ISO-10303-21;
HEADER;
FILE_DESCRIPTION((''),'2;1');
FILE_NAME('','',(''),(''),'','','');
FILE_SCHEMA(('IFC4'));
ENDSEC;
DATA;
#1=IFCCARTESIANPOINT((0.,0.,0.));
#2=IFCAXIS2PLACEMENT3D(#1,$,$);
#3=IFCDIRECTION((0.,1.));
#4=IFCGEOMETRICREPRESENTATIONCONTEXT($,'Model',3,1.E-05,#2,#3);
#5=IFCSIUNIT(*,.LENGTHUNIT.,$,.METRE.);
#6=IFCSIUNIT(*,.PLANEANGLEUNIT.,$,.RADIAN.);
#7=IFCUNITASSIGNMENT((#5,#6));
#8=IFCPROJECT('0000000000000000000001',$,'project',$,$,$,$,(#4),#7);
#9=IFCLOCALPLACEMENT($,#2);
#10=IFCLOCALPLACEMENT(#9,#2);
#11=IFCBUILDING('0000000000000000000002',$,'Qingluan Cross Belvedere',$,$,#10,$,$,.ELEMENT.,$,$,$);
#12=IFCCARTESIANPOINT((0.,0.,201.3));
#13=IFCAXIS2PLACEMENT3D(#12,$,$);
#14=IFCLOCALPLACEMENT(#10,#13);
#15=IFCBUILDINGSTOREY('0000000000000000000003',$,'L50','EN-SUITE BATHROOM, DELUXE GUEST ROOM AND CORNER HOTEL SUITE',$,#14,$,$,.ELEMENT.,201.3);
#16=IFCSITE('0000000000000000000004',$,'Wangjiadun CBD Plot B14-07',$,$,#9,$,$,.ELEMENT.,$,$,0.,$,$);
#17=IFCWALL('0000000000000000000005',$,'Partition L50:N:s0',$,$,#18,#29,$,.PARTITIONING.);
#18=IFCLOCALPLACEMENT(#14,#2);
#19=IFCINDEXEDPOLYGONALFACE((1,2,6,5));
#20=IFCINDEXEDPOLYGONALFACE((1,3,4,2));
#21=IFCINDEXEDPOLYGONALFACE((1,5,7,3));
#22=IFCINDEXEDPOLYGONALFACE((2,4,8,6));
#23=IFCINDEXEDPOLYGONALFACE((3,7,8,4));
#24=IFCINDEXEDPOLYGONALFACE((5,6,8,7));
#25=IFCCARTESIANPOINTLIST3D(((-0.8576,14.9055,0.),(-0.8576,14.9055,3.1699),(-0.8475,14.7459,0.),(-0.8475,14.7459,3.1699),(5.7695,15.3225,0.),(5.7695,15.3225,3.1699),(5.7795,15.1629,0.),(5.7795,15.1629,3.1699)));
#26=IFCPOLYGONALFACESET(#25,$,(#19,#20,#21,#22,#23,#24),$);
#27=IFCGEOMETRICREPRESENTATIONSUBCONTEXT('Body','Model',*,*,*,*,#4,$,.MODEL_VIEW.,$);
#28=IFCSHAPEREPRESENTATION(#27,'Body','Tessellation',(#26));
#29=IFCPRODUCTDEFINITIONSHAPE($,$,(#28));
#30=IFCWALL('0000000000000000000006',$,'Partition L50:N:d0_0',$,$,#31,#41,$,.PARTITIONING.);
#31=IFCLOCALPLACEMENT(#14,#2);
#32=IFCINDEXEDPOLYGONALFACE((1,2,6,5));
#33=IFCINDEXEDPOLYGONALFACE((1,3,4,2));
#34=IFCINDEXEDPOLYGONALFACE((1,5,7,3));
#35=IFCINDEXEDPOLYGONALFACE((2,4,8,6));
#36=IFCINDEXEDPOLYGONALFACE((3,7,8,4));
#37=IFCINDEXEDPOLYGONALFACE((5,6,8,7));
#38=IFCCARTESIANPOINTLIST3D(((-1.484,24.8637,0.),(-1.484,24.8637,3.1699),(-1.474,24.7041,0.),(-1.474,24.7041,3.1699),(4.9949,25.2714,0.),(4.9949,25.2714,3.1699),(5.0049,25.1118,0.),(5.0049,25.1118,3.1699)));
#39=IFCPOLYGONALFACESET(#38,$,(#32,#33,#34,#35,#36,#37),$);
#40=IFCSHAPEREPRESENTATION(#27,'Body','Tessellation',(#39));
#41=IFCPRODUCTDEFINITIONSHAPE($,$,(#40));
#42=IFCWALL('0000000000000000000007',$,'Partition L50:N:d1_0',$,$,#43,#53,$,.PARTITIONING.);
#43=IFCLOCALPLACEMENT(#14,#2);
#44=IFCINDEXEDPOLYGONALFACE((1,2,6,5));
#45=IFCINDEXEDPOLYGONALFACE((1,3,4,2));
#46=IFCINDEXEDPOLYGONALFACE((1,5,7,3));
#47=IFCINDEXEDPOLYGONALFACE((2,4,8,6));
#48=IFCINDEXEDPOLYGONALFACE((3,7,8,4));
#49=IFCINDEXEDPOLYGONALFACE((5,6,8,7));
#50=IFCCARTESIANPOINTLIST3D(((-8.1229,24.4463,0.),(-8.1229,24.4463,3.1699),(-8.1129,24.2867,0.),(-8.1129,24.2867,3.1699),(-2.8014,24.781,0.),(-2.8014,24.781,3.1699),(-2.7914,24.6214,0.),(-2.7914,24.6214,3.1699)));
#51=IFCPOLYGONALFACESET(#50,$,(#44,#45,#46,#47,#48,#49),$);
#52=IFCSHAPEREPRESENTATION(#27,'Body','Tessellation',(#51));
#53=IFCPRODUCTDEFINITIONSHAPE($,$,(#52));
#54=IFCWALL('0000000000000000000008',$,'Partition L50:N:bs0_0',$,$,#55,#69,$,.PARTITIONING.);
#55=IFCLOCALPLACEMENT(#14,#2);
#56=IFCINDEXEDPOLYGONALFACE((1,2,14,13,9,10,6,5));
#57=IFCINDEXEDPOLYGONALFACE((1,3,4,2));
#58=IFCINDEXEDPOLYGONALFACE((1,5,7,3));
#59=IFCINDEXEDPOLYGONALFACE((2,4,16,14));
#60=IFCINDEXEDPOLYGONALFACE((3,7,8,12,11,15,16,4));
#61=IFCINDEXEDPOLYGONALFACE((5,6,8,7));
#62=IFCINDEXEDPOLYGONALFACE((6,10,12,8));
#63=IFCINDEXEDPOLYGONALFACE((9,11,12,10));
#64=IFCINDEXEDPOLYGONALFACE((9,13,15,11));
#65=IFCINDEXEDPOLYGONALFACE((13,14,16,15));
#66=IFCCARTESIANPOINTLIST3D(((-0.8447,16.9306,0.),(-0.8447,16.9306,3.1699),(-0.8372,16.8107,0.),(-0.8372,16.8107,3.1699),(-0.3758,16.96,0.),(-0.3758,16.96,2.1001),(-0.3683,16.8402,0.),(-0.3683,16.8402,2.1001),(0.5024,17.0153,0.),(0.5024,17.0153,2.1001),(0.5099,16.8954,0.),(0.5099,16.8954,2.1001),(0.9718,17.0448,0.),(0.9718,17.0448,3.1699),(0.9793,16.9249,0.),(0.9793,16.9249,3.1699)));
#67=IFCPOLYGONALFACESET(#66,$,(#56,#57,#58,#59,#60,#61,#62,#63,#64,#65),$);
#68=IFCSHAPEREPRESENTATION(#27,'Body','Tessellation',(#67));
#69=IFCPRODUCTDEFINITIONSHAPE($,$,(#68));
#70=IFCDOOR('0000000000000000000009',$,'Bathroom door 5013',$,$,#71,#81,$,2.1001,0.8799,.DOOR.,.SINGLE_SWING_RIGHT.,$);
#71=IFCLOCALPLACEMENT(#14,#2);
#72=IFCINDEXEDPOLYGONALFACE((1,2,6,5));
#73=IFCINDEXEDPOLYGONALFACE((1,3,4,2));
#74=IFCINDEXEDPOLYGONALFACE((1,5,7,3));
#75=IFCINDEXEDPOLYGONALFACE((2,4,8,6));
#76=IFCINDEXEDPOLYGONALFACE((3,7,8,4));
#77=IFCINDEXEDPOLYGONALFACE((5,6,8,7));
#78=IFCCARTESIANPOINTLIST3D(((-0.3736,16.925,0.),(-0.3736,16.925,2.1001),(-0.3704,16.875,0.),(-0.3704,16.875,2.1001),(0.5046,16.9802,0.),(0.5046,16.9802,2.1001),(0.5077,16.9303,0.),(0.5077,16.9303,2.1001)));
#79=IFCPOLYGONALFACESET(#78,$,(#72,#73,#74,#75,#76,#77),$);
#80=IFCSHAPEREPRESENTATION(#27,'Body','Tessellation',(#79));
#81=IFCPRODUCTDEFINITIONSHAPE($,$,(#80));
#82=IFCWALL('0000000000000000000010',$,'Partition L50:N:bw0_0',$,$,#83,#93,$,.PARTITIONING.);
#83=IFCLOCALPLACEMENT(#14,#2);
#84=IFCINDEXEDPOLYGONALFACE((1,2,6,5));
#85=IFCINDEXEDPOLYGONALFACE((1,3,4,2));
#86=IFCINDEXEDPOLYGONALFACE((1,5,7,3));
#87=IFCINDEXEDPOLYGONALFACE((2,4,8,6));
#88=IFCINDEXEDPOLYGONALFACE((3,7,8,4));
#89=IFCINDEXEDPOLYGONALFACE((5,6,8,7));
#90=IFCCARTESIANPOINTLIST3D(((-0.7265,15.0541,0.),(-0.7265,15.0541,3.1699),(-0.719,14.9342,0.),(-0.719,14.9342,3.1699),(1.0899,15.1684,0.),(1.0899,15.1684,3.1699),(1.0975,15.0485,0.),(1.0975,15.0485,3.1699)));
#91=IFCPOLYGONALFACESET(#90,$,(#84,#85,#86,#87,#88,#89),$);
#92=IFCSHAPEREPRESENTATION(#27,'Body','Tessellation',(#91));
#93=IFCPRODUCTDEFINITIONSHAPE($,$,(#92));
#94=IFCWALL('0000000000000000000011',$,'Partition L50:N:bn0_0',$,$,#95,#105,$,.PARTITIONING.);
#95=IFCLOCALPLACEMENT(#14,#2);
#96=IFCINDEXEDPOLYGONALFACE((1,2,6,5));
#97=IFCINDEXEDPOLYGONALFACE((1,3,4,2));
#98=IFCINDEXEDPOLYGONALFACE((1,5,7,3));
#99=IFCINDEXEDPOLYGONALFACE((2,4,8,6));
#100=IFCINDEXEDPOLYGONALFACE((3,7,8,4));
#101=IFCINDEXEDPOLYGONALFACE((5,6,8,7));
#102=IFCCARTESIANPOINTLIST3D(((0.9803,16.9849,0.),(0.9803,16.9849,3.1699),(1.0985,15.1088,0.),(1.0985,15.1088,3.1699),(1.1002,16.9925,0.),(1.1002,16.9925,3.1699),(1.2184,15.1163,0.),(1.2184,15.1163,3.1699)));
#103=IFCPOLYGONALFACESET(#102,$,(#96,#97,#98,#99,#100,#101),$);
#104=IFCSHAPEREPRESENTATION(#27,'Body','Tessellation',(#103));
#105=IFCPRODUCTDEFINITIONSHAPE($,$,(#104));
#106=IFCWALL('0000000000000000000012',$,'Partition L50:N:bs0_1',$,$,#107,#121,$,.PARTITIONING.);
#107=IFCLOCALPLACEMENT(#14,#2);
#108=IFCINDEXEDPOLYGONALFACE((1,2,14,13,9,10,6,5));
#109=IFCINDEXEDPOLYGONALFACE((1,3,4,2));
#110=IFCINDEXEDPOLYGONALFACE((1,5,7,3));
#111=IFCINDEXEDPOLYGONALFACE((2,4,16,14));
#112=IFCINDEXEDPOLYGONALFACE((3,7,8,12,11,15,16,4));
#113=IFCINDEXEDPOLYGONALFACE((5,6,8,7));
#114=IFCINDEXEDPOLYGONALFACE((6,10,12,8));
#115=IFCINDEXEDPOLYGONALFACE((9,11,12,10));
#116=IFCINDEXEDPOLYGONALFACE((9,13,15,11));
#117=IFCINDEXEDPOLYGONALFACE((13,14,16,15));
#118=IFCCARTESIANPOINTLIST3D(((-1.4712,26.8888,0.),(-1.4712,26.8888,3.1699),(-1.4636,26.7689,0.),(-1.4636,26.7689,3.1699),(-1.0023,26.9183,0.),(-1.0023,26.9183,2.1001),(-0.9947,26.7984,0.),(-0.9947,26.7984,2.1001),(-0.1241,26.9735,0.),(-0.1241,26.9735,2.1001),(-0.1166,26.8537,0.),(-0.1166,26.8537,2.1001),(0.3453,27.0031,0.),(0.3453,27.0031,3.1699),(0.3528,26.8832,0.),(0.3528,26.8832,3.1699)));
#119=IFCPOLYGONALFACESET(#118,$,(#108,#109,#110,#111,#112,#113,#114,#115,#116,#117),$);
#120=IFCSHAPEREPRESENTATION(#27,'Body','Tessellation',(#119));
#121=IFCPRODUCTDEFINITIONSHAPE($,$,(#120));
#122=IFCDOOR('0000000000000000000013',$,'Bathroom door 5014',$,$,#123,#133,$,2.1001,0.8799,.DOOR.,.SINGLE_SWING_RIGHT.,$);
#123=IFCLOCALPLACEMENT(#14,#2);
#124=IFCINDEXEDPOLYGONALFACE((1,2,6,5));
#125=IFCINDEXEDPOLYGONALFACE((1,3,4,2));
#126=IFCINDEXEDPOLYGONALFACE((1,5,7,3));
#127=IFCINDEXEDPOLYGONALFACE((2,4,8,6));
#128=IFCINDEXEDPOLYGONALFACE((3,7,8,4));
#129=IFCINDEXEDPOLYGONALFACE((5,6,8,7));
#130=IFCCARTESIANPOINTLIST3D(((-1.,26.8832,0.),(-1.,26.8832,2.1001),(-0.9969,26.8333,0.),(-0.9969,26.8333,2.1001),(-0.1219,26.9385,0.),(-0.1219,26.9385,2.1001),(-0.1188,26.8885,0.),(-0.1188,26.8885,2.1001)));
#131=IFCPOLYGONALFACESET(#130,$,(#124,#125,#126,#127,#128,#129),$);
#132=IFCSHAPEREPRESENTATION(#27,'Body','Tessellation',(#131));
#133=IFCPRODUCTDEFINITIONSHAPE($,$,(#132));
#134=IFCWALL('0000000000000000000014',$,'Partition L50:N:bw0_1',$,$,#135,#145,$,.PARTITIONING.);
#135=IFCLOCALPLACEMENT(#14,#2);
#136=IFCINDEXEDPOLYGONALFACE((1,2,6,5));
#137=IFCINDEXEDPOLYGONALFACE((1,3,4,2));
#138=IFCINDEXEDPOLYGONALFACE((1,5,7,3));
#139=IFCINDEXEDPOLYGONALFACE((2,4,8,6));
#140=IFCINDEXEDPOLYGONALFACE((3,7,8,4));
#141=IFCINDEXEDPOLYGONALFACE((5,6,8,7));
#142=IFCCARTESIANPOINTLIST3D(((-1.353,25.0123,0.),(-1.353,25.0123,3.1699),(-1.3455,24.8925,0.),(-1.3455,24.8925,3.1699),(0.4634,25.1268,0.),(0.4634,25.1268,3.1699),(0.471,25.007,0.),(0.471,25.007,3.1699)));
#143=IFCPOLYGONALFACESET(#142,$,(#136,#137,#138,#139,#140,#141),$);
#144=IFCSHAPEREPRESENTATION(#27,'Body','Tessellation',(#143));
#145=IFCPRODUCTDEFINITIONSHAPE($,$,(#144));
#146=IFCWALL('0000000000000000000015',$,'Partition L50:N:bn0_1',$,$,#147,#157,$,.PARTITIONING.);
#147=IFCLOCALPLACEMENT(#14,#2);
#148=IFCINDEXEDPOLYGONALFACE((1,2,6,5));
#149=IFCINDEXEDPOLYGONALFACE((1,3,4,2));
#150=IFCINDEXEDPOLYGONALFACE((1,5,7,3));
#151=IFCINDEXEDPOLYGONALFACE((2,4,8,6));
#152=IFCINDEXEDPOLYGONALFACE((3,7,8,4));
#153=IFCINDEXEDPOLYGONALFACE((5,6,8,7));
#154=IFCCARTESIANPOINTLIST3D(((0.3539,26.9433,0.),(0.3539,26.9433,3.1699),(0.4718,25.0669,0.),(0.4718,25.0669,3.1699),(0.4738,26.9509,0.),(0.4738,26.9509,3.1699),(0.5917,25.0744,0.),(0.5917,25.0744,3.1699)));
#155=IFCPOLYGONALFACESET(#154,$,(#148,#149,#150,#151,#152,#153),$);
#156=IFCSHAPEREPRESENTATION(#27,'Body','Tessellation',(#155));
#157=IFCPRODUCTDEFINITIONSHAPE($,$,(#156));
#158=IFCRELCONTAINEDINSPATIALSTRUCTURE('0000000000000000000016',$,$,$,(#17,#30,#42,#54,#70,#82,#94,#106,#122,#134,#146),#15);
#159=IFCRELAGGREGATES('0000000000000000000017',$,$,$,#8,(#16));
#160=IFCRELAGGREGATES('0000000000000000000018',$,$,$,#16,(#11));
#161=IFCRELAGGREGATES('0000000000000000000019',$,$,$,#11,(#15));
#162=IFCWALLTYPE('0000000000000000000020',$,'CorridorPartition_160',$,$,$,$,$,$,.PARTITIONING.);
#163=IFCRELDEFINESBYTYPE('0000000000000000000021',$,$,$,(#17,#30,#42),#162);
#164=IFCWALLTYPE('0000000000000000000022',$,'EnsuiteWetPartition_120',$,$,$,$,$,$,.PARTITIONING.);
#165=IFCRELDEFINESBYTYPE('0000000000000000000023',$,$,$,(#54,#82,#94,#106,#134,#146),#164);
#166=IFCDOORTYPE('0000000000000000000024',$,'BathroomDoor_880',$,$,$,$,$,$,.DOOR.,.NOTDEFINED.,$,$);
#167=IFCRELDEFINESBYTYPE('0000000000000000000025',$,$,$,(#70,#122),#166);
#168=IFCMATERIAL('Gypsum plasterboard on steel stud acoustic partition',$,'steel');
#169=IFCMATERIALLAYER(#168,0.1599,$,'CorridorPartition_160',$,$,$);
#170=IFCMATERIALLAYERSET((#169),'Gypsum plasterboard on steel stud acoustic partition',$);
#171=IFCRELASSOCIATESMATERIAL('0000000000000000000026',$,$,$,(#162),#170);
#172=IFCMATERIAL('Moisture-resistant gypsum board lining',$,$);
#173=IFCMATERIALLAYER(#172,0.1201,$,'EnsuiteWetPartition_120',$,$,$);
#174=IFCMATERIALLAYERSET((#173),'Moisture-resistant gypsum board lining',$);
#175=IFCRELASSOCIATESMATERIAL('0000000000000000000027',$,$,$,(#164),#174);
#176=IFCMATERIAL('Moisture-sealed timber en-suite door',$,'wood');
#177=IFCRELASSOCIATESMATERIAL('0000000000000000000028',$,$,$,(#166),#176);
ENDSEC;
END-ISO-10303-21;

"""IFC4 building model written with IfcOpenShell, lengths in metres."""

from ifc_helpers import new_model, si_unit, direction, frame, frame_2d, origin, place, context, subcontext, project, spatial, rectangle, extrude, material, layer, layer_set, type_object, element, fill, save


model = new_model("IFC4")

# Units and contexts
model_context = context("Model", 3, precision=1e-05, world=origin(), true_north=direction((0.0, 1.0)))
body_context = subcontext(model_context, "Body", "Model", "MODEL_VIEW")
ifc_project = project(units=[si_unit("LENGTHUNIT", "METRE"), si_unit("PLANEANGLEUNIT", "RADIAN")], contexts=[model_context])

# Site, building, storey
site_placement = place(None, origin())
site = spatial("IfcSite", under=ifc_project, at=site_placement, Name="Wangjiadun CBD Plot B14-07", CompositionType="ELEMENT", RefElevation=0.0)
building_placement = place(site_placement, origin())
building = spatial("IfcBuilding", under=site, at=building_placement, Name="Qingluan Cross Belvedere", CompositionType="ELEMENT")
storey_placement = place(building_placement, frame((0.0, 0.0, 201.3)))
storey = spatial("IfcBuildingStorey", under=building, at=storey_placement, Name="L50", Description="EN-SUITE BATHROOM, DELUXE GUEST ROOM AND CORNER HOTEL SUITE", CompositionType="ELEMENT", Elevation=201.3)

# Walls
ifc_material_1 = material(Name="Gypsum plasterboard on steel stud acoustic partition", Category="steel")
ifc_layer_1 = layer(ifc_material_1, 0.1599, Name="CorridorPartition_160")
ifc_layer_set_1 = layer_set([ifc_layer_1], Name="Gypsum plasterboard on steel stud acoustic partition")
wall_type_1 = type_object("IfcWallType", Name="CorridorPartition_160", PredefinedType="PARTITIONING", material=ifc_layer_set_1)
wall_1_placement = place(storey_placement, frame((-0.8525, 14.8257, 0.0), z_axis=(0.0, 0.0, 1.0), x_axis=(0.998026, 0.062799, 0.0)))
element("IfcWall", 1, at=wall_1_placement, inside=storey, type_object=wall_type_1, Name="Partition L50:N:s0", PredefinedType="PARTITIONING", context=body_context, shape_type="SweptSolid", body=[
    extrude(rectangle(XDim=6.6401, YDim=0.1599, at=frame_2d((3.3201, 0.0))), origin(), (0.0, 0.0, 1.0), 3.1699),
])
wall_2_placement = place(storey_placement, frame((-1.479, 24.7839, 0.0), z_axis=(0.0, 0.0, 1.0), x_axis=(0.998026, 0.062804, 0.0)))
element("IfcWall", 2, at=wall_2_placement, inside=storey, type_object=wall_type_1, Name="Partition L50:N:d0_0", PredefinedType="PARTITIONING", context=body_context, shape_type="SweptSolid", body=[
    extrude(rectangle(XDim=6.4917, YDim=0.1599, at=frame_2d((3.2458, 0.0))), origin(), (0.0, 0.0, 1.0), 3.1699),
])
wall_3_placement = place(storey_placement, frame((-2.7964, 24.7012, 0.0), z_axis=(0.0, 0.0, 1.0), x_axis=(-0.998028, -0.062775, 0.0)))
element("IfcWall", 3, at=wall_3_placement, inside=storey, type_object=wall_type_1, Name="Partition L50:N:d1_0", PredefinedType="PARTITIONING", context=body_context, shape_type="SweptSolid", body=[
    extrude(rectangle(XDim=5.332, YDim=0.1599, at=frame_2d((2.666, 0.0))), origin(), (0.0, 0.0, 1.0), 3.1699),
])

# Wall, opening, door
ifc_material_2 = material(Name="Moisture-resistant gypsum board lining")
ifc_layer_2 = layer(ifc_material_2, 0.1201, Name="EnsuiteWetPartition_120")
ifc_layer_set_2 = layer_set([ifc_layer_2], Name="Moisture-resistant gypsum board lining")
wall_type_2 = type_object("IfcWallType", Name="EnsuiteWetPartition_120", PredefinedType="PARTITIONING", material=ifc_layer_set_2)
wall_4_placement = place(storey_placement, frame((-0.8411, 16.8706, 0.0), z_axis=(0.0, 0.0, 1.0), x_axis=(0.998027, 0.062779, 0.0)))
wall_4 = element("IfcWall", 4, at=wall_4_placement, inside=storey, type_object=wall_type_2, Name="Partition L50:N:bs0_0", PredefinedType="PARTITIONING", context=body_context, shape_type="SweptSolid", body=[
    extrude(rectangle(XDim=1.8201, YDim=0.1201, at=frame_2d((0.9102, 0.0))), origin(), (0.0, 0.0, 1.0), 3.1699),
])
opening_1_placement = place(wall_4_placement, frame((0.47, 0.0, 0.0)))
opening_1 = element("IfcOpeningElement", 5, at=opening_1_placement, cuts=wall_4, PredefinedType="OPENING", context=body_context, shape_type="SweptSolid", body=[
    extrude(rectangle(XDim=0.8799, YDim=2.1001, at=frame_2d((0.4399, 1.05))), frame((0.0, 0.0701, 0.0), z_axis=(0.0, -1.0, 0.0), x_axis=(1.0, 0.0, 0.0)), (0.0, 0.0, 1.0), 0.1401),
])
ifc_material_3 = material(Name="Moisture-sealed timber en-suite door", Category="wood")
door_type = type_object("IfcDoorType", Name="BathroomDoor_880", OperationType="NOTDEFINED", PredefinedType="DOOR", material=ifc_material_3)
door_1_placement = place(opening_1_placement, origin())
door_1 = element("IfcDoor", 6, at=door_1_placement, inside=storey, type_object=door_type, Name="Bathroom door 5013", OperationType="SINGLE_SWING_RIGHT", OverallHeight=2.1001, OverallWidth=0.8799, PredefinedType="DOOR", context=body_context, shape_type="SweptSolid", body=[
    extrude(rectangle(XDim=0.8799, YDim=2.1001, at=frame_2d((0.4399, 1.05))), frame((0.0, 0.0249, 0.0), z_axis=(0.0, -1.0, 0.0), x_axis=(1.0, 0.0, 0.0)), (0.0, 0.0, 1.0), 0.05),
])
fill(opening_1, door_1)

# Walls
wall_5_placement = place(storey_placement, frame((-0.7229, 14.9941, 0.0), z_axis=(0.0, 0.0, 1.0), x_axis=(0.998027, 0.062779, 0.0)))
element("IfcWall", 7, at=wall_5_placement, inside=storey, type_object=wall_type_2, Name="Partition L50:N:bw0_0", PredefinedType="PARTITIONING", context=body_context, shape_type="SweptSolid", body=[
    extrude(rectangle(XDim=1.8201, YDim=0.1201, at=frame_2d((0.9102, 0.0))), origin(), (0.0, 0.0, 1.0), 3.1699),
])
wall_6_placement = place(storey_placement, frame((1.1584, 15.1125, 0.0), z_axis=(0.0, 0.0, 1.0), x_axis=(-0.062855, 0.998023, 0.0)))
element("IfcWall", 8, at=wall_6_placement, inside=storey, type_object=wall_type_2, Name="Partition L50:N:bn0_0", PredefinedType="PARTITIONING", context=body_context, shape_type="SweptSolid", body=[
    extrude(rectangle(XDim=1.8799, YDim=0.1201, at=frame_2d((0.9399, 0.0))), origin(), (0.0, 0.0, 1.0), 3.1699),
])

# Wall, opening, door
wall_7_placement = place(storey_placement, frame((-1.4675, 26.8289, 0.0), z_axis=(0.0, 0.0, 1.0), x_axis=(0.998027, 0.062779, 0.0)))
wall_7 = element("IfcWall", 9, at=wall_7_placement, inside=storey, type_object=wall_type_2, Name="Partition L50:N:bs0_1", PredefinedType="PARTITIONING", context=body_context, shape_type="SweptSolid", body=[
    extrude(rectangle(XDim=1.8201, YDim=0.1201, at=frame_2d((0.9102, 0.0))), origin(), (0.0, 0.0, 1.0), 3.1699),
])
opening_2_placement = place(wall_7_placement, frame((0.47, 0.0, 0.0)))
opening_2 = element("IfcOpeningElement", 10, at=opening_2_placement, cuts=wall_7, PredefinedType="OPENING", context=body_context, shape_type="SweptSolid", body=[
    extrude(rectangle(XDim=0.8799, YDim=2.1001, at=frame_2d((0.4399, 1.05))), frame((0.0, 0.0701, 0.0), z_axis=(0.0, -1.0, 0.0), x_axis=(1.0, 0.0, 0.0)), (0.0, 0.0, 1.0), 0.1401),
])
door_2_placement = place(opening_2_placement, origin())
door_2 = element("IfcDoor", 11, at=door_2_placement, inside=storey, type_object=door_type, Name="Bathroom door 5014", OperationType="SINGLE_SWING_RIGHT", OverallHeight=2.1001, OverallWidth=0.8799, PredefinedType="DOOR", context=body_context, shape_type="SweptSolid", body=[
    extrude(rectangle(XDim=0.8799, YDim=2.1001, at=frame_2d((0.4399, 1.05))), frame((0.0, 0.0249, 0.0), z_axis=(0.0, -1.0, 0.0), x_axis=(1.0, 0.0, 0.0)), (0.0, 0.0, 1.0), 0.05),
])
fill(opening_2, door_2)

# Walls
wall_8_placement = place(storey_placement, frame((-1.3494, 24.9524, 0.0), z_axis=(0.0, 0.0, 1.0), x_axis=(0.998019, 0.062913, 0.0)))
element("IfcWall", 12, at=wall_8_placement, inside=storey, type_object=wall_type_2, Name="Partition L50:N:bw0_1", PredefinedType="PARTITIONING", context=body_context, shape_type="SweptSolid", body=[
    extrude(rectangle(XDim=1.8201, YDim=0.1201, at=frame_2d((0.9102, 0.0))), origin(), (0.0, 0.0, 1.0), 3.1699),
])
wall_9_placement = place(storey_placement, frame((0.5317, 25.0708, 0.0), z_axis=(0.0, 0.0, 1.0), x_axis=(-0.062718, 0.998031, 0.0)))
element("IfcWall", 13, at=wall_9_placement, inside=storey, type_object=wall_type_2, Name="Partition L50:N:bn0_1", PredefinedType="PARTITIONING", context=body_context, shape_type="SweptSolid", body=[
    extrude(rectangle(XDim=1.8801, YDim=0.1201, at=frame_2d((0.9399, 0.0))), origin(), (0.0, 0.0, 1.0), 3.1699),
])

save(model, "model.ifc")
